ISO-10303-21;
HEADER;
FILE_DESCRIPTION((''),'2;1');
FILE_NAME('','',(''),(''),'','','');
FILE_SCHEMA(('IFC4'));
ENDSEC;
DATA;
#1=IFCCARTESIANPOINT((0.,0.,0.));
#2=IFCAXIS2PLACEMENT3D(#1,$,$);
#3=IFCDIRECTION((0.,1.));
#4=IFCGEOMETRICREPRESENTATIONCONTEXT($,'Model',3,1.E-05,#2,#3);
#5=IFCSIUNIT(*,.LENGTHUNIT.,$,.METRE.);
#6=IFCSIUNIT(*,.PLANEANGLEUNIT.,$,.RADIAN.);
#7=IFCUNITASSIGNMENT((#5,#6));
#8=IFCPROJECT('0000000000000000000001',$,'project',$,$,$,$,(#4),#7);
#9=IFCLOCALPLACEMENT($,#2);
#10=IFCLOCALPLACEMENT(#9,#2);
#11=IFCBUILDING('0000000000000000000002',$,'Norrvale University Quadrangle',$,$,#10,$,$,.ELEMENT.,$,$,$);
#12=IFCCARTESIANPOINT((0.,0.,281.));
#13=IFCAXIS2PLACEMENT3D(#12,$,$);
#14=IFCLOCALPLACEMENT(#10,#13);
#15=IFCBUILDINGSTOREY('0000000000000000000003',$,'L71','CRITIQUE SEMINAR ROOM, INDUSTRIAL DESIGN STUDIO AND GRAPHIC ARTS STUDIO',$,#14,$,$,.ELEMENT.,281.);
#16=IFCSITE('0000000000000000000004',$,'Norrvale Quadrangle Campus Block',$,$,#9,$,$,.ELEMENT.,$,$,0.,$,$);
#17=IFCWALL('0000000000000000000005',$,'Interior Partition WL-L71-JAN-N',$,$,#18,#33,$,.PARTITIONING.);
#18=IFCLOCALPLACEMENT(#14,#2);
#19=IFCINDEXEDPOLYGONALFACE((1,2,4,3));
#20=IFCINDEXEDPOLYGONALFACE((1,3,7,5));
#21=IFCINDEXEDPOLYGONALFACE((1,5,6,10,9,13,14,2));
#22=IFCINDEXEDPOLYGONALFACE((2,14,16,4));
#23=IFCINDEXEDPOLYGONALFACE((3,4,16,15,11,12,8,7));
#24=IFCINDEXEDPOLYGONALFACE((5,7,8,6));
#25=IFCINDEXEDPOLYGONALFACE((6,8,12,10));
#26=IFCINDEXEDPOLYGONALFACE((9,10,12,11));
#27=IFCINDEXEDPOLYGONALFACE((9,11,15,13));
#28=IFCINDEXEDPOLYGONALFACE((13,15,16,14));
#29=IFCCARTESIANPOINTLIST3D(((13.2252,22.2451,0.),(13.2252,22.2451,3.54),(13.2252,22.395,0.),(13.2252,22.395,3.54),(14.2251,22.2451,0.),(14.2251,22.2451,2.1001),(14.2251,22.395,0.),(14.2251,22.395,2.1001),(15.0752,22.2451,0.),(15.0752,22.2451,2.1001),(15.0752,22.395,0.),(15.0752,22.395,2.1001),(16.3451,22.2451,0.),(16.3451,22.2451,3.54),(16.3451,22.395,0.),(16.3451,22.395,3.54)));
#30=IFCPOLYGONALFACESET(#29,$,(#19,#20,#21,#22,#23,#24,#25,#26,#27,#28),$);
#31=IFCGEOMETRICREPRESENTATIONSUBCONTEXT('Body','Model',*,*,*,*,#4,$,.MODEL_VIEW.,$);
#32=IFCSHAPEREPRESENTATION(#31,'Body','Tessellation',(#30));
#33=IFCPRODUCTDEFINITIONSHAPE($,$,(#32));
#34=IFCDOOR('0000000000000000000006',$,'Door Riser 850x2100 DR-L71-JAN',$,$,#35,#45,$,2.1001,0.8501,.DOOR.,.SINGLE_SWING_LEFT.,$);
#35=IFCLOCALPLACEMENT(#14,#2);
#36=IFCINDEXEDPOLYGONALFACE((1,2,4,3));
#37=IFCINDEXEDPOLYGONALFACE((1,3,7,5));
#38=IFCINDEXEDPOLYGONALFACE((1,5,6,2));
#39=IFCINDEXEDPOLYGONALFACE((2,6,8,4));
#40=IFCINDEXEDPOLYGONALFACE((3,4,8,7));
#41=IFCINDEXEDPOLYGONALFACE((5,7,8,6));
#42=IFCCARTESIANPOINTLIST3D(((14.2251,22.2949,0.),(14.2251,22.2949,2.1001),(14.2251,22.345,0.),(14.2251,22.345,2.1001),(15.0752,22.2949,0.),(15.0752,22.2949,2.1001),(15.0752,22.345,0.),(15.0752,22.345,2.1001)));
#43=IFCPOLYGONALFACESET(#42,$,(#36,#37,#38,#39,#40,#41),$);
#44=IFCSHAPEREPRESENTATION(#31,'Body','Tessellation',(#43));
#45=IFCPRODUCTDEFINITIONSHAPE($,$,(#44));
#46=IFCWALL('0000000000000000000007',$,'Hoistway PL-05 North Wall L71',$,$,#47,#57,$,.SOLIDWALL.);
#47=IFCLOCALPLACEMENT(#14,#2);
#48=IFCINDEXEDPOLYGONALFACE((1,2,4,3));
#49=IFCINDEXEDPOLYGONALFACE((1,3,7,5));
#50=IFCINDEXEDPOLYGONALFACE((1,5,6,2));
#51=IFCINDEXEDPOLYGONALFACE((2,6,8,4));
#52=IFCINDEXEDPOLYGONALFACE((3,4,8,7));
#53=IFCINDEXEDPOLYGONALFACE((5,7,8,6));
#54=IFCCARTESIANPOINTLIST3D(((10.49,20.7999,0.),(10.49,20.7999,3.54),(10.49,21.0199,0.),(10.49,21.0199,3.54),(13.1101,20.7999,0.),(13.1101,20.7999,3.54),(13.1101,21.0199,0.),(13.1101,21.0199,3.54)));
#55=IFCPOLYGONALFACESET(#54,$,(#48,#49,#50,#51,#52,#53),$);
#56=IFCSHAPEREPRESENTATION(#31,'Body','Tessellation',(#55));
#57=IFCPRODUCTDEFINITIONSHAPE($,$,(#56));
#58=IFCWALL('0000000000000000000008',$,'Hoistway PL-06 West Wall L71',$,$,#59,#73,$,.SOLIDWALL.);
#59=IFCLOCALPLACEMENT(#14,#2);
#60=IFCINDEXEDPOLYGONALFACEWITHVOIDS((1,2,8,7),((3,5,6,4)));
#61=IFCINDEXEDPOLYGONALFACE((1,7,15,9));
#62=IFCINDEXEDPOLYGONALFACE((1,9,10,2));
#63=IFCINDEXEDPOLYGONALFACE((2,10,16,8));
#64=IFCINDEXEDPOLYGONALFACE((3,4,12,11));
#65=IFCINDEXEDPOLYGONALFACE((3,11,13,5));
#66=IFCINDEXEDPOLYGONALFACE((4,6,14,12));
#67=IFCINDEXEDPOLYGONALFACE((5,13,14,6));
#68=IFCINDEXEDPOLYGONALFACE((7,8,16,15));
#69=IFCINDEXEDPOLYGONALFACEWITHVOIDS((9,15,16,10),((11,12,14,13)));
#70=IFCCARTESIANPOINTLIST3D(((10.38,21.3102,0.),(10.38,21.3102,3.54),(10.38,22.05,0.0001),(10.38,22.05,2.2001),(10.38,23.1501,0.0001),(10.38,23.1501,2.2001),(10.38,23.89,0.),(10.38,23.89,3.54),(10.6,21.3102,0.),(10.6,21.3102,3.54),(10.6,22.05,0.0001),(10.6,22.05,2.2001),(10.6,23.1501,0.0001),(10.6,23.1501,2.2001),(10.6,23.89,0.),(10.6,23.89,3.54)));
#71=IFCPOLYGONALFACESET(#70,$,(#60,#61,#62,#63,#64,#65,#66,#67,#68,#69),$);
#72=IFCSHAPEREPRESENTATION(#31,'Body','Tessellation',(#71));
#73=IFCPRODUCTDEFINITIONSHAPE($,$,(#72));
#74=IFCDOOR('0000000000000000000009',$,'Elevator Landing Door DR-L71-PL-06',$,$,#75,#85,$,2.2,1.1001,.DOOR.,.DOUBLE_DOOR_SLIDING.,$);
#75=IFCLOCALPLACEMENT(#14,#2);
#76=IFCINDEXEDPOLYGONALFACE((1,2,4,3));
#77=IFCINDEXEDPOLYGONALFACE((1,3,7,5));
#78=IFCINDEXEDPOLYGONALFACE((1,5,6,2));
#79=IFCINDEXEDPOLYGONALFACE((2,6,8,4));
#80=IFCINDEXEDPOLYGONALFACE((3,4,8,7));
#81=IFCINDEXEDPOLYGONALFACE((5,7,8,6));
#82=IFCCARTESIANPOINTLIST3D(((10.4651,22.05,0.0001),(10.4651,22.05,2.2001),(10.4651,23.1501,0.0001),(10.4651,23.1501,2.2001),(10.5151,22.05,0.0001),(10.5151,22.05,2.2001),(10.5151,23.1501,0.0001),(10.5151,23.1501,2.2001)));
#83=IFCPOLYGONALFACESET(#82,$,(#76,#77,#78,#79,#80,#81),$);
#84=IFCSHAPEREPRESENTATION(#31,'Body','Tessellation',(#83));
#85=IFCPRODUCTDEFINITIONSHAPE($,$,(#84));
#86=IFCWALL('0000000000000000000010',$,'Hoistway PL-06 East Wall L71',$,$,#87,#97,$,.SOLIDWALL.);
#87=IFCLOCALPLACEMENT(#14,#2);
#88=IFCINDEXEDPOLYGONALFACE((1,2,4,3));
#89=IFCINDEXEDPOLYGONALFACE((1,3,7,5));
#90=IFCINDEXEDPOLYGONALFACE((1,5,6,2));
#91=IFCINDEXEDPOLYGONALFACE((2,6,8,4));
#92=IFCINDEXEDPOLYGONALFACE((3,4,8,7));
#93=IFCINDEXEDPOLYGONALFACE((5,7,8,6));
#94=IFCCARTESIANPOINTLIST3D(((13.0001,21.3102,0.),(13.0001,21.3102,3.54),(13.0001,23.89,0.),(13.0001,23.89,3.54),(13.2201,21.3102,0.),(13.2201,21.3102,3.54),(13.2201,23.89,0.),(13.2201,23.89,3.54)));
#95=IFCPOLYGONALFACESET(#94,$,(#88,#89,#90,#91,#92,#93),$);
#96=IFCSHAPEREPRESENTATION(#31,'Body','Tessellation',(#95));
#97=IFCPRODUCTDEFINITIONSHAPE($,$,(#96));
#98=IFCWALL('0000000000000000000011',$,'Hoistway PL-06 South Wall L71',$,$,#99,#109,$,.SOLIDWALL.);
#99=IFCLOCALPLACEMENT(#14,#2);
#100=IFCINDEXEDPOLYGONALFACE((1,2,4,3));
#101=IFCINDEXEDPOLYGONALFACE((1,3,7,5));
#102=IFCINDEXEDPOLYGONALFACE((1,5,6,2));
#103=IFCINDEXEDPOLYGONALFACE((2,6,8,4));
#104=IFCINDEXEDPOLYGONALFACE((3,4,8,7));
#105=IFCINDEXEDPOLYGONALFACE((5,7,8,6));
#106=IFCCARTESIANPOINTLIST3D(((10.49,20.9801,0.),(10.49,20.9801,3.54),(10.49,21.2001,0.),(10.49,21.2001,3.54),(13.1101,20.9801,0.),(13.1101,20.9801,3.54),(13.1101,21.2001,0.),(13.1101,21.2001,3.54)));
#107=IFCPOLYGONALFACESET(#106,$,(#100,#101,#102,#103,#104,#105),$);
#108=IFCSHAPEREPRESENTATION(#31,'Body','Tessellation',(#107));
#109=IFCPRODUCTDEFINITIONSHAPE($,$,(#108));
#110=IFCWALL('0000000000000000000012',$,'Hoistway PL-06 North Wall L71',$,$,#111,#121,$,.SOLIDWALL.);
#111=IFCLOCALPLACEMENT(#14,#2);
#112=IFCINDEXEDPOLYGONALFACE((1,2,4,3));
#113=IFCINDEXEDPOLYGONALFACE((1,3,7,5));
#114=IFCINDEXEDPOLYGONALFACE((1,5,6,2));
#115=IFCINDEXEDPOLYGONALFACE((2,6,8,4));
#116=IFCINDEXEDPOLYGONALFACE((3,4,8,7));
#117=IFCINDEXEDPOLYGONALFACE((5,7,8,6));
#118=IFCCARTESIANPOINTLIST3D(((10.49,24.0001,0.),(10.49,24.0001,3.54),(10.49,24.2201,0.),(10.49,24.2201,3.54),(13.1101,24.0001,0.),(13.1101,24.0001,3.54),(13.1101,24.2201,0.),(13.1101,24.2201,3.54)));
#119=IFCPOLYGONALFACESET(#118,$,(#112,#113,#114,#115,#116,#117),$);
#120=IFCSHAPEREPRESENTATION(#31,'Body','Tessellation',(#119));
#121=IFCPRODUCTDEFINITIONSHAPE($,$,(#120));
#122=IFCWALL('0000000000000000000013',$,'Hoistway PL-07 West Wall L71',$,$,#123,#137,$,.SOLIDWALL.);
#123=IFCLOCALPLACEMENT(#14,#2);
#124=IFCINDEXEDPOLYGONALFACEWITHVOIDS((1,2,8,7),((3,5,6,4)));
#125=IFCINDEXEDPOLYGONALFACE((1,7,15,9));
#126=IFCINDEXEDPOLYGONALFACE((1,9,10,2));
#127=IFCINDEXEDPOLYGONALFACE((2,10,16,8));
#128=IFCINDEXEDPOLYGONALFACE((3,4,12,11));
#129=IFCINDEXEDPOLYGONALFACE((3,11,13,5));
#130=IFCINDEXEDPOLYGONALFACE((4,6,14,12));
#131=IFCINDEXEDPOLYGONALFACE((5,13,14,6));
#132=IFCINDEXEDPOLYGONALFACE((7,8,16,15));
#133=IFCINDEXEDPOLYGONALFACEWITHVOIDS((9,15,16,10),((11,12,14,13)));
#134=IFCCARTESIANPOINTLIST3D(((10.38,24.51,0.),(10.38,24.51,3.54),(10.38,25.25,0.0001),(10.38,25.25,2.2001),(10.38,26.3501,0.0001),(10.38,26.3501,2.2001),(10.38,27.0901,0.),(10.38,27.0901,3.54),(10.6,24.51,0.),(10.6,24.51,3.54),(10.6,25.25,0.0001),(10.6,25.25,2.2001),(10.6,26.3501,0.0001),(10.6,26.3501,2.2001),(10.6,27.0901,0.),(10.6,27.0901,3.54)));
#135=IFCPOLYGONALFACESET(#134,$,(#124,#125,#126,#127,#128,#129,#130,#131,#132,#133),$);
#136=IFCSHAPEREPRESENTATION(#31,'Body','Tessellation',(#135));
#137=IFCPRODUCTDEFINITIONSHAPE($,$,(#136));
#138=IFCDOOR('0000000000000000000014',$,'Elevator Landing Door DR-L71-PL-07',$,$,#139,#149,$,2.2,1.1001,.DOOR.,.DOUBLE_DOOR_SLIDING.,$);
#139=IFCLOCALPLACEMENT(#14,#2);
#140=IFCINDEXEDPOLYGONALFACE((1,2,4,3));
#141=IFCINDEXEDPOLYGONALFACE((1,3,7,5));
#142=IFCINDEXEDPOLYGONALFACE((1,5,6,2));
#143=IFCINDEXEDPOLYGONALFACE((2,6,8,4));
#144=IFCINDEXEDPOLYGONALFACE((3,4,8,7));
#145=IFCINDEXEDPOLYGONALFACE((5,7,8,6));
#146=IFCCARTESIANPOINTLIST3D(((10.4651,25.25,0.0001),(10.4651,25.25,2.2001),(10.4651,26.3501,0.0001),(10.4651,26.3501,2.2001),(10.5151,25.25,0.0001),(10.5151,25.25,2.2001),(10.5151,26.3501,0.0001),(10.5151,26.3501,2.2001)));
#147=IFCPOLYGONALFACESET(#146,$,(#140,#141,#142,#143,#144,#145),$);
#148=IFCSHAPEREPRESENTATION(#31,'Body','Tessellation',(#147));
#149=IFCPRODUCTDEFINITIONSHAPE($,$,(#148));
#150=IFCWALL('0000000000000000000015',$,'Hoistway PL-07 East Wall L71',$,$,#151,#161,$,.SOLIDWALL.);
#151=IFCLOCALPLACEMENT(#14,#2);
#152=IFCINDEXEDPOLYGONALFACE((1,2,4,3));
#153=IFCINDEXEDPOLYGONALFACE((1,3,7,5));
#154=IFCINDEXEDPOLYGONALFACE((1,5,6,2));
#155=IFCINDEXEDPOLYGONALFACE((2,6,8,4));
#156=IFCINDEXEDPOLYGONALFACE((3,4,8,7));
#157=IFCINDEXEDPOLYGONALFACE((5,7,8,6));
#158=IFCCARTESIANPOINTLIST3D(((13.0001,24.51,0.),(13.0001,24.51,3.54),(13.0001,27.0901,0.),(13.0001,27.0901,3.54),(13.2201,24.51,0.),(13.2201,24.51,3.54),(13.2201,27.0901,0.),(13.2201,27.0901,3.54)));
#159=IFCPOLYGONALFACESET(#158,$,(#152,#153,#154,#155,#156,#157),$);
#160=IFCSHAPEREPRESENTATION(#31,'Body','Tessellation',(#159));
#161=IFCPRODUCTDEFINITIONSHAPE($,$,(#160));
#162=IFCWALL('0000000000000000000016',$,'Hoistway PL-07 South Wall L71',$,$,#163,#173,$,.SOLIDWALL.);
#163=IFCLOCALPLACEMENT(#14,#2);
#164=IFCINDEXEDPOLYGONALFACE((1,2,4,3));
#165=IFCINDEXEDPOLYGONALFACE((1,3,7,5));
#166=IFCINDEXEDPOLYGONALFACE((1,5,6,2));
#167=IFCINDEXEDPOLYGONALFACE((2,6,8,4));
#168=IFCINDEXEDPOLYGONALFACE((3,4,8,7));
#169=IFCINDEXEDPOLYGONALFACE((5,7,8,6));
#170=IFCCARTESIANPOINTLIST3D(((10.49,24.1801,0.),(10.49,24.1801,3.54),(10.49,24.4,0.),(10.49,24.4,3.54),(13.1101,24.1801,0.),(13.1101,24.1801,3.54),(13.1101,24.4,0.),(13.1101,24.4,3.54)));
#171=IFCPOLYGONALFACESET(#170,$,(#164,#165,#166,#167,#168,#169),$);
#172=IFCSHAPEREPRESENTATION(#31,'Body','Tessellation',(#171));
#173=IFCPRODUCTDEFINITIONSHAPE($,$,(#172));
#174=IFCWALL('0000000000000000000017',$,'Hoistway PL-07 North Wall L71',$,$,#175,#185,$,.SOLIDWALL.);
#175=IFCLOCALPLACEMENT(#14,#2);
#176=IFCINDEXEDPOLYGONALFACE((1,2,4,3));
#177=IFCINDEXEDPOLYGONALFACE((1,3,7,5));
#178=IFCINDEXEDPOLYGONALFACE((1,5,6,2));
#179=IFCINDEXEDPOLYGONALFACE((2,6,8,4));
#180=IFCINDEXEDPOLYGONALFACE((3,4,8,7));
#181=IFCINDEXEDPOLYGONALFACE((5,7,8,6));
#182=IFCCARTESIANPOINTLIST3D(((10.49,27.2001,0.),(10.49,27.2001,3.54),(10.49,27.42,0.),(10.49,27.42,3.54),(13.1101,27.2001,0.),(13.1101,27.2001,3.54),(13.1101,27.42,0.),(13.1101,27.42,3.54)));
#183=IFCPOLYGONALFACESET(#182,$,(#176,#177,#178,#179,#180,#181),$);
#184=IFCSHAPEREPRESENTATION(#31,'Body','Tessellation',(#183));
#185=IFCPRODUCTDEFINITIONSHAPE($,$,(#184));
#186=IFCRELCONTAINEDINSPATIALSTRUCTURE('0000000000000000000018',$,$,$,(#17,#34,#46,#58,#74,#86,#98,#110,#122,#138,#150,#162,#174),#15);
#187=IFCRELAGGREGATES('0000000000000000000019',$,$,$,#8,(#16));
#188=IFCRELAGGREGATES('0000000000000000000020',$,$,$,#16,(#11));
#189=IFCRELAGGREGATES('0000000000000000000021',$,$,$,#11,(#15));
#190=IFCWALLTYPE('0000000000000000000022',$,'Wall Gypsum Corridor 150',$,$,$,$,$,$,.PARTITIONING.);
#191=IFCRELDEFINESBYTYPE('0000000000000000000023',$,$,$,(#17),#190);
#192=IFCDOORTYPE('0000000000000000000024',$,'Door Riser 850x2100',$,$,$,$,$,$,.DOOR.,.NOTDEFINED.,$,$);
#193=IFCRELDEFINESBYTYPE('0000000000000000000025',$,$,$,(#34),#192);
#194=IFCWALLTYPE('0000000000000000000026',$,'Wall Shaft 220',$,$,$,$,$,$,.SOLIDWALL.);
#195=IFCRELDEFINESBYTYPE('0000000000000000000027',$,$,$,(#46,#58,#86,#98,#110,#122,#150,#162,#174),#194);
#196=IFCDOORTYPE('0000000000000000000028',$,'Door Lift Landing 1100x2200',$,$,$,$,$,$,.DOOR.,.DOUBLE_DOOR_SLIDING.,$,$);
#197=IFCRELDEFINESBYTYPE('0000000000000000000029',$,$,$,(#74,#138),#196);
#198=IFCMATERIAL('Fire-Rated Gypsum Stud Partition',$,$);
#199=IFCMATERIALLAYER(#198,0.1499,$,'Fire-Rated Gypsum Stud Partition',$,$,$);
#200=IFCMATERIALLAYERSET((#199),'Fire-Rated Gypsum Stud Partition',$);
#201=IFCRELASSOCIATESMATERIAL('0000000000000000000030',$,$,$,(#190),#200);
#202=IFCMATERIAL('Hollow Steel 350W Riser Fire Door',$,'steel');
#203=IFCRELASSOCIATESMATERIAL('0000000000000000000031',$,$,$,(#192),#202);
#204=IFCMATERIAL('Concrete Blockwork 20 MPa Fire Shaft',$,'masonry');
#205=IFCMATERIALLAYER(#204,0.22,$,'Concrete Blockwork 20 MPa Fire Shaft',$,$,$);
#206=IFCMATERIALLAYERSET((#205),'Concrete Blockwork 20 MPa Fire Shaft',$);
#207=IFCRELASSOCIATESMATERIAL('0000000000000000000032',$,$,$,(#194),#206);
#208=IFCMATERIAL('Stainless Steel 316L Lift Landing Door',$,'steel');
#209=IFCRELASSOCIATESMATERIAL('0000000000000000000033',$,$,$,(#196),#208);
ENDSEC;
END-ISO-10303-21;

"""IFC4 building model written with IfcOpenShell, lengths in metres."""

from ifc_helpers import new_model, si_unit, direction, frame, frame_2d, origin, place, context, subcontext, project, spatial, rectangle, extrude, material, layer, layer_set, type_object, element, fill, save


model = new_model("IFC4")

# Units and contexts
model_context = context("Model", 3, precision=1e-05, world=origin(), true_north=direction((0.0, 1.0)))
body_context = subcontext(model_context, "Body", "Model", "MODEL_VIEW")
ifc_project = project(units=[si_unit("LENGTHUNIT", "METRE"), si_unit("PLANEANGLEUNIT", "RADIAN")], contexts=[model_context])

# Site, building, storey
site_placement = place(None, origin())
site = spatial("IfcSite", under=ifc_project, at=site_placement, Name="Norrvale Quadrangle Campus Block", CompositionType="ELEMENT", RefElevation=0.0)
building_placement = place(site_placement, origin())
building = spatial("IfcBuilding", under=site, at=building_placement, Name="Norrvale University Quadrangle", CompositionType="ELEMENT")
storey_placement = place(building_placement, frame((0.0, 0.0, 281.0)))
storey = spatial("IfcBuildingStorey", under=building, at=storey_placement, Name="L71", Description="CRITIQUE SEMINAR ROOM, INDUSTRIAL DESIGN STUDIO AND GRAPHIC ARTS STUDIO", CompositionType="ELEMENT", Elevation=281.0)

# Wall, opening, door
ifc_material_1 = material(Name="Fire-Rated Gypsum Stud Partition")
ifc_layer_1 = layer(ifc_material_1, 0.1499, Name="Fire-Rated Gypsum Stud Partition")
ifc_layer_set_1 = layer_set([ifc_layer_1], Name="Fire-Rated Gypsum Stud Partition")
wall_type_1 = type_object("IfcWallType", Name="Wall Gypsum Corridor 150", PredefinedType="PARTITIONING", material=ifc_layer_set_1)
wall_1_placement = place(storey_placement, frame((13.2251, 22.3201, 0.0), z_axis=(0.0, 0.0, 1.0), x_axis=(1.0, 0.0, 0.0)))
wall_1 = element("IfcWall", 1, at=wall_1_placement, inside=storey, type_object=wall_type_1, Name="Interior Partition WL-L71-JAN-N", PredefinedType="PARTITIONING", context=body_context, shape_type="SweptSolid", body=[
    extrude(rectangle(XDim=3.1199, YDim=0.1499, at=frame_2d((1.5601, 0.0))), origin(), (0.0, 0.0, 1.0), 3.54),
])
opening_1_placement = place(wall_1_placement, frame((1.0, 0.0, 0.0)))
opening_1 = element("IfcOpeningElement", 2, at=opening_1_placement, cuts=wall_1, PredefinedType="OPENING", context=body_context, shape_type="SweptSolid", body=[
    extrude(rectangle(XDim=0.8501, YDim=2.1001, at=frame_2d((0.425, 1.05))), frame((0.0, 0.0869, 0.0), z_axis=(0.0, -1.0, 0.0), x_axis=(1.0, 0.0, 0.0)), (0.0, 0.0, 1.0), 0.1738),
])
ifc_material_2 = material(Name="Hollow Steel 350W Riser Fire Door", Category="steel")
door_type_1 = type_object("IfcDoorType", Name="Door Riser 850x2100", OperationType="NOTDEFINED", PredefinedType="DOOR", material=ifc_material_2)
door_1_placement = place(opening_1_placement, origin())
door_1 = element("IfcDoor", 3, at=door_1_placement, inside=storey, type_object=door_type_1, Name="Door Riser 850x2100 DR-L71-JAN", OperationType="SINGLE_SWING_LEFT", OverallHeight=2.1001, OverallWidth=0.8501, PredefinedType="DOOR", context=body_context, shape_type="SweptSolid", body=[
    extrude(rectangle(XDim=0.8501, YDim=2.1001, at=frame_2d((0.425, 1.05))), frame((0.0, 0.0249, 0.0), z_axis=(0.0, -1.0, 0.0), x_axis=(1.0, 0.0, 0.0)), (0.0, 0.0, 1.0), 0.05),
])
fill(opening_1, door_1)

# Wall
ifc_material_3 = material(Name="Concrete Blockwork 20 MPa Fire Shaft", Category="masonry")
ifc_layer_2 = layer(ifc_material_3, 0.22, Name="Concrete Blockwork 20 MPa Fire Shaft")
ifc_layer_set_2 = layer_set([ifc_layer_2], Name="Concrete Blockwork 20 MPa Fire Shaft")
wall_type_2 = type_object("IfcWallType", Name="Wall Shaft 220", PredefinedType="SOLIDWALL", material=ifc_layer_set_2)
wall_2_placement = place(storey_placement, frame((10.49, 20.9099, 0.0), z_axis=(0.0, 0.0, 1.0), x_axis=(1.0, 0.0, 0.0)))
element("IfcWall", 4, at=wall_2_placement, inside=storey, type_object=wall_type_2, Name="Hoistway PL-05 North Wall L71", PredefinedType="SOLIDWALL", context=body_context, shape_type="SweptSolid", body=[
    extrude(rectangle(XDim=2.6201, YDim=0.22, at=frame_2d((1.3101, 0.0))), origin(), (0.0, 0.0, 1.0), 3.54),
])

# Wall, opening, door
wall_3_placement = place(storey_placement, frame((10.49, 21.3101, 0.0), z_axis=(0.0, 0.0, 1.0), x_axis=(0.0, 1.0, 0.0)))
wall_3 = element("IfcWall", 5, at=wall_3_placement, inside=storey, type_object=wall_type_2, Name="Hoistway PL-06 West Wall L71", PredefinedType="SOLIDWALL", context=body_context, shape_type="SweptSolid", body=[
    extrude(rectangle(XDim=2.5798, YDim=0.22, at=frame_2d((1.29, 0.0))), origin(), (0.0, 0.0, 1.0), 3.54),
])
opening_2_placement = place(wall_3_placement, frame((0.74, 0.0, 0.0)))
opening_2 = element("IfcOpeningElement", 6, at=opening_2_placement, cuts=wall_3, PredefinedType="OPENING", context=body_context, shape_type="SweptSolid", body=[
    extrude(rectangle(XDim=1.1001, YDim=2.2, at=frame_2d((0.55, 1.1001))), frame((0.0, 0.1221, 0.0), z_axis=(0.0, -1.0, 0.0), x_axis=(1.0, 0.0, 0.0)), (0.0, 0.0, 1.0), 0.2439),
])
ifc_material_4 = material(Name="Stainless Steel 316L Lift Landing Door", Category="steel")
door_type_2 = type_object("IfcDoorType", Name="Door Lift Landing 1100x2200", OperationType="DOUBLE_DOOR_SLIDING", PredefinedType="DOOR", material=ifc_material_4)
door_2_placement = place(opening_2_placement, origin())
door_2 = element("IfcDoor", 7, at=door_2_placement, inside=storey, type_object=door_type_2, Name="Elevator Landing Door DR-L71-PL-06", OperationType="DOUBLE_DOOR_SLIDING", OverallHeight=2.2, OverallWidth=1.1001, PredefinedType="DOOR", context=body_context, shape_type="SweptSolid", body=[
    extrude(rectangle(XDim=1.1001, YDim=2.2, at=frame_2d((0.55, 1.1001))), frame((0.0, 0.0249, 0.0), z_axis=(0.0, -1.0, 0.0), x_axis=(1.0, 0.0, 0.0)), (0.0, 0.0, 1.0), 0.05),
])
fill(opening_2, door_2)

# Walls
wall_4_placement = place(storey_placement, frame((13.1101, 21.3101, 0.0), z_axis=(0.0, 0.0, 1.0), x_axis=(0.0, 1.0, 0.0)))
element("IfcWall", 8, at=wall_4_placement, inside=storey, type_object=wall_type_2, Name="Hoistway PL-06 East Wall L71", PredefinedType="SOLIDWALL", context=body_context, shape_type="SweptSolid", body=[
    extrude(rectangle(XDim=2.5798, YDim=0.22, at=frame_2d((1.29, 0.0))), origin(), (0.0, 0.0, 1.0), 3.54),
])
for number, where, z_axis, x_axis, name in (
    (9, (10.49, 21.0901, 0.0), (0.0, 0.0, 1.0), (1.0, 0.0, 0.0), "Hoistway PL-06 South Wall L71"),
    (10, (10.49, 24.1101, 0.0), (0.0, 0.0, 1.0), (1.0, 0.0, 0.0), "Hoistway PL-06 North Wall L71"),
):
    element("IfcWall", number, at=place(storey_placement, frame(where, z_axis=z_axis, x_axis=x_axis)), inside=storey, type_object=wall_type_2, Name=name, PredefinedType="SOLIDWALL", context=body_context, shape_type="SweptSolid", body=[
        extrude(rectangle(XDim=2.6201, YDim=0.22, at=frame_2d((1.3101, 0.0))), origin(), (0.0, 0.0, 1.0), 3.54),
    ])

# Wall, opening, door
wall_5_placement = place(storey_placement, frame((10.49, 24.51, 0.0), z_axis=(0.0, 0.0, 1.0), x_axis=(0.0, 1.0, 0.0)))
wall_5 = element("IfcWall", 11, at=wall_5_placement, inside=storey, type_object=wall_type_2, Name="Hoistway PL-07 West Wall L71", PredefinedType="SOLIDWALL", context=body_context, shape_type="SweptSolid", body=[
    extrude(rectangle(XDim=2.5801, YDim=0.22, at=frame_2d((1.29, 0.0))), origin(), (0.0, 0.0, 1.0), 3.54),
])
opening_3_placement = place(wall_5_placement, frame((0.74, 0.0, 0.0)))
opening_3 = element("IfcOpeningElement", 12, at=opening_3_placement, cuts=wall_5, PredefinedType="OPENING", context=body_context, shape_type="SweptSolid", body=[
    extrude(rectangle(XDim=1.1001, YDim=2.2, at=frame_2d((0.55, 1.1001))), frame((0.0, 0.1221, 0.0), z_axis=(0.0, -1.0, 0.0), x_axis=(1.0, 0.0, 0.0)), (0.0, 0.0, 1.0), 0.2439),
])
door_3_placement = place(opening_3_placement, origin())
door_3 = element("IfcDoor", 13, at=door_3_placement, inside=storey, type_object=door_type_2, Name="Elevator Landing Door DR-L71-PL-07", OperationType="DOUBLE_DOOR_SLIDING", OverallHeight=2.2, OverallWidth=1.1001, PredefinedType="DOOR", context=body_context, shape_type="SweptSolid", body=[
    extrude(rectangle(XDim=1.1001, YDim=2.2, at=frame_2d((0.55, 1.1001))), frame((0.0, 0.0249, 0.0), z_axis=(0.0, -1.0, 0.0), x_axis=(1.0, 0.0, 0.0)), (0.0, 0.0, 1.0), 0.05),
])
fill(opening_3, door_3)

# Walls
wall_6_placement = place(storey_placement, frame((13.1101, 24.51, 0.0), z_axis=(0.0, 0.0, 1.0), x_axis=(0.0, 1.0, 0.0)))
element("IfcWall", 14, at=wall_6_placement, inside=storey, type_object=wall_type_2, Name="Hoistway PL-07 East Wall L71", PredefinedType="SOLIDWALL", context=body_context, shape_type="SweptSolid", body=[
    extrude(rectangle(XDim=2.5801, YDim=0.22, at=frame_2d((1.29, 0.0))), origin(), (0.0, 0.0, 1.0), 3.54),
])
for number, where, z_axis, x_axis, name in (
    (15, (10.49, 24.29, 0.0), (0.0, 0.0, 1.0), (1.0, 0.0, 0.0), "Hoistway PL-07 South Wall L71"),
    (16, (10.49, 27.3101, 0.0), (0.0, 0.0, 1.0), (1.0, 0.0, 0.0), "Hoistway PL-07 North Wall L71"),
):
    element("IfcWall", number, at=place(storey_placement, frame(where, z_axis=z_axis, x_axis=x_axis)), inside=storey, type_object=wall_type_2, Name=name, PredefinedType="SOLIDWALL", context=body_context, shape_type="SweptSolid", body=[
        extrude(rectangle(XDim=2.6201, YDim=0.22, at=frame_2d((1.3101, 0.0))), origin(), (0.0, 0.0, 1.0), 3.54),
    ])

save(model, "model.ifc")
